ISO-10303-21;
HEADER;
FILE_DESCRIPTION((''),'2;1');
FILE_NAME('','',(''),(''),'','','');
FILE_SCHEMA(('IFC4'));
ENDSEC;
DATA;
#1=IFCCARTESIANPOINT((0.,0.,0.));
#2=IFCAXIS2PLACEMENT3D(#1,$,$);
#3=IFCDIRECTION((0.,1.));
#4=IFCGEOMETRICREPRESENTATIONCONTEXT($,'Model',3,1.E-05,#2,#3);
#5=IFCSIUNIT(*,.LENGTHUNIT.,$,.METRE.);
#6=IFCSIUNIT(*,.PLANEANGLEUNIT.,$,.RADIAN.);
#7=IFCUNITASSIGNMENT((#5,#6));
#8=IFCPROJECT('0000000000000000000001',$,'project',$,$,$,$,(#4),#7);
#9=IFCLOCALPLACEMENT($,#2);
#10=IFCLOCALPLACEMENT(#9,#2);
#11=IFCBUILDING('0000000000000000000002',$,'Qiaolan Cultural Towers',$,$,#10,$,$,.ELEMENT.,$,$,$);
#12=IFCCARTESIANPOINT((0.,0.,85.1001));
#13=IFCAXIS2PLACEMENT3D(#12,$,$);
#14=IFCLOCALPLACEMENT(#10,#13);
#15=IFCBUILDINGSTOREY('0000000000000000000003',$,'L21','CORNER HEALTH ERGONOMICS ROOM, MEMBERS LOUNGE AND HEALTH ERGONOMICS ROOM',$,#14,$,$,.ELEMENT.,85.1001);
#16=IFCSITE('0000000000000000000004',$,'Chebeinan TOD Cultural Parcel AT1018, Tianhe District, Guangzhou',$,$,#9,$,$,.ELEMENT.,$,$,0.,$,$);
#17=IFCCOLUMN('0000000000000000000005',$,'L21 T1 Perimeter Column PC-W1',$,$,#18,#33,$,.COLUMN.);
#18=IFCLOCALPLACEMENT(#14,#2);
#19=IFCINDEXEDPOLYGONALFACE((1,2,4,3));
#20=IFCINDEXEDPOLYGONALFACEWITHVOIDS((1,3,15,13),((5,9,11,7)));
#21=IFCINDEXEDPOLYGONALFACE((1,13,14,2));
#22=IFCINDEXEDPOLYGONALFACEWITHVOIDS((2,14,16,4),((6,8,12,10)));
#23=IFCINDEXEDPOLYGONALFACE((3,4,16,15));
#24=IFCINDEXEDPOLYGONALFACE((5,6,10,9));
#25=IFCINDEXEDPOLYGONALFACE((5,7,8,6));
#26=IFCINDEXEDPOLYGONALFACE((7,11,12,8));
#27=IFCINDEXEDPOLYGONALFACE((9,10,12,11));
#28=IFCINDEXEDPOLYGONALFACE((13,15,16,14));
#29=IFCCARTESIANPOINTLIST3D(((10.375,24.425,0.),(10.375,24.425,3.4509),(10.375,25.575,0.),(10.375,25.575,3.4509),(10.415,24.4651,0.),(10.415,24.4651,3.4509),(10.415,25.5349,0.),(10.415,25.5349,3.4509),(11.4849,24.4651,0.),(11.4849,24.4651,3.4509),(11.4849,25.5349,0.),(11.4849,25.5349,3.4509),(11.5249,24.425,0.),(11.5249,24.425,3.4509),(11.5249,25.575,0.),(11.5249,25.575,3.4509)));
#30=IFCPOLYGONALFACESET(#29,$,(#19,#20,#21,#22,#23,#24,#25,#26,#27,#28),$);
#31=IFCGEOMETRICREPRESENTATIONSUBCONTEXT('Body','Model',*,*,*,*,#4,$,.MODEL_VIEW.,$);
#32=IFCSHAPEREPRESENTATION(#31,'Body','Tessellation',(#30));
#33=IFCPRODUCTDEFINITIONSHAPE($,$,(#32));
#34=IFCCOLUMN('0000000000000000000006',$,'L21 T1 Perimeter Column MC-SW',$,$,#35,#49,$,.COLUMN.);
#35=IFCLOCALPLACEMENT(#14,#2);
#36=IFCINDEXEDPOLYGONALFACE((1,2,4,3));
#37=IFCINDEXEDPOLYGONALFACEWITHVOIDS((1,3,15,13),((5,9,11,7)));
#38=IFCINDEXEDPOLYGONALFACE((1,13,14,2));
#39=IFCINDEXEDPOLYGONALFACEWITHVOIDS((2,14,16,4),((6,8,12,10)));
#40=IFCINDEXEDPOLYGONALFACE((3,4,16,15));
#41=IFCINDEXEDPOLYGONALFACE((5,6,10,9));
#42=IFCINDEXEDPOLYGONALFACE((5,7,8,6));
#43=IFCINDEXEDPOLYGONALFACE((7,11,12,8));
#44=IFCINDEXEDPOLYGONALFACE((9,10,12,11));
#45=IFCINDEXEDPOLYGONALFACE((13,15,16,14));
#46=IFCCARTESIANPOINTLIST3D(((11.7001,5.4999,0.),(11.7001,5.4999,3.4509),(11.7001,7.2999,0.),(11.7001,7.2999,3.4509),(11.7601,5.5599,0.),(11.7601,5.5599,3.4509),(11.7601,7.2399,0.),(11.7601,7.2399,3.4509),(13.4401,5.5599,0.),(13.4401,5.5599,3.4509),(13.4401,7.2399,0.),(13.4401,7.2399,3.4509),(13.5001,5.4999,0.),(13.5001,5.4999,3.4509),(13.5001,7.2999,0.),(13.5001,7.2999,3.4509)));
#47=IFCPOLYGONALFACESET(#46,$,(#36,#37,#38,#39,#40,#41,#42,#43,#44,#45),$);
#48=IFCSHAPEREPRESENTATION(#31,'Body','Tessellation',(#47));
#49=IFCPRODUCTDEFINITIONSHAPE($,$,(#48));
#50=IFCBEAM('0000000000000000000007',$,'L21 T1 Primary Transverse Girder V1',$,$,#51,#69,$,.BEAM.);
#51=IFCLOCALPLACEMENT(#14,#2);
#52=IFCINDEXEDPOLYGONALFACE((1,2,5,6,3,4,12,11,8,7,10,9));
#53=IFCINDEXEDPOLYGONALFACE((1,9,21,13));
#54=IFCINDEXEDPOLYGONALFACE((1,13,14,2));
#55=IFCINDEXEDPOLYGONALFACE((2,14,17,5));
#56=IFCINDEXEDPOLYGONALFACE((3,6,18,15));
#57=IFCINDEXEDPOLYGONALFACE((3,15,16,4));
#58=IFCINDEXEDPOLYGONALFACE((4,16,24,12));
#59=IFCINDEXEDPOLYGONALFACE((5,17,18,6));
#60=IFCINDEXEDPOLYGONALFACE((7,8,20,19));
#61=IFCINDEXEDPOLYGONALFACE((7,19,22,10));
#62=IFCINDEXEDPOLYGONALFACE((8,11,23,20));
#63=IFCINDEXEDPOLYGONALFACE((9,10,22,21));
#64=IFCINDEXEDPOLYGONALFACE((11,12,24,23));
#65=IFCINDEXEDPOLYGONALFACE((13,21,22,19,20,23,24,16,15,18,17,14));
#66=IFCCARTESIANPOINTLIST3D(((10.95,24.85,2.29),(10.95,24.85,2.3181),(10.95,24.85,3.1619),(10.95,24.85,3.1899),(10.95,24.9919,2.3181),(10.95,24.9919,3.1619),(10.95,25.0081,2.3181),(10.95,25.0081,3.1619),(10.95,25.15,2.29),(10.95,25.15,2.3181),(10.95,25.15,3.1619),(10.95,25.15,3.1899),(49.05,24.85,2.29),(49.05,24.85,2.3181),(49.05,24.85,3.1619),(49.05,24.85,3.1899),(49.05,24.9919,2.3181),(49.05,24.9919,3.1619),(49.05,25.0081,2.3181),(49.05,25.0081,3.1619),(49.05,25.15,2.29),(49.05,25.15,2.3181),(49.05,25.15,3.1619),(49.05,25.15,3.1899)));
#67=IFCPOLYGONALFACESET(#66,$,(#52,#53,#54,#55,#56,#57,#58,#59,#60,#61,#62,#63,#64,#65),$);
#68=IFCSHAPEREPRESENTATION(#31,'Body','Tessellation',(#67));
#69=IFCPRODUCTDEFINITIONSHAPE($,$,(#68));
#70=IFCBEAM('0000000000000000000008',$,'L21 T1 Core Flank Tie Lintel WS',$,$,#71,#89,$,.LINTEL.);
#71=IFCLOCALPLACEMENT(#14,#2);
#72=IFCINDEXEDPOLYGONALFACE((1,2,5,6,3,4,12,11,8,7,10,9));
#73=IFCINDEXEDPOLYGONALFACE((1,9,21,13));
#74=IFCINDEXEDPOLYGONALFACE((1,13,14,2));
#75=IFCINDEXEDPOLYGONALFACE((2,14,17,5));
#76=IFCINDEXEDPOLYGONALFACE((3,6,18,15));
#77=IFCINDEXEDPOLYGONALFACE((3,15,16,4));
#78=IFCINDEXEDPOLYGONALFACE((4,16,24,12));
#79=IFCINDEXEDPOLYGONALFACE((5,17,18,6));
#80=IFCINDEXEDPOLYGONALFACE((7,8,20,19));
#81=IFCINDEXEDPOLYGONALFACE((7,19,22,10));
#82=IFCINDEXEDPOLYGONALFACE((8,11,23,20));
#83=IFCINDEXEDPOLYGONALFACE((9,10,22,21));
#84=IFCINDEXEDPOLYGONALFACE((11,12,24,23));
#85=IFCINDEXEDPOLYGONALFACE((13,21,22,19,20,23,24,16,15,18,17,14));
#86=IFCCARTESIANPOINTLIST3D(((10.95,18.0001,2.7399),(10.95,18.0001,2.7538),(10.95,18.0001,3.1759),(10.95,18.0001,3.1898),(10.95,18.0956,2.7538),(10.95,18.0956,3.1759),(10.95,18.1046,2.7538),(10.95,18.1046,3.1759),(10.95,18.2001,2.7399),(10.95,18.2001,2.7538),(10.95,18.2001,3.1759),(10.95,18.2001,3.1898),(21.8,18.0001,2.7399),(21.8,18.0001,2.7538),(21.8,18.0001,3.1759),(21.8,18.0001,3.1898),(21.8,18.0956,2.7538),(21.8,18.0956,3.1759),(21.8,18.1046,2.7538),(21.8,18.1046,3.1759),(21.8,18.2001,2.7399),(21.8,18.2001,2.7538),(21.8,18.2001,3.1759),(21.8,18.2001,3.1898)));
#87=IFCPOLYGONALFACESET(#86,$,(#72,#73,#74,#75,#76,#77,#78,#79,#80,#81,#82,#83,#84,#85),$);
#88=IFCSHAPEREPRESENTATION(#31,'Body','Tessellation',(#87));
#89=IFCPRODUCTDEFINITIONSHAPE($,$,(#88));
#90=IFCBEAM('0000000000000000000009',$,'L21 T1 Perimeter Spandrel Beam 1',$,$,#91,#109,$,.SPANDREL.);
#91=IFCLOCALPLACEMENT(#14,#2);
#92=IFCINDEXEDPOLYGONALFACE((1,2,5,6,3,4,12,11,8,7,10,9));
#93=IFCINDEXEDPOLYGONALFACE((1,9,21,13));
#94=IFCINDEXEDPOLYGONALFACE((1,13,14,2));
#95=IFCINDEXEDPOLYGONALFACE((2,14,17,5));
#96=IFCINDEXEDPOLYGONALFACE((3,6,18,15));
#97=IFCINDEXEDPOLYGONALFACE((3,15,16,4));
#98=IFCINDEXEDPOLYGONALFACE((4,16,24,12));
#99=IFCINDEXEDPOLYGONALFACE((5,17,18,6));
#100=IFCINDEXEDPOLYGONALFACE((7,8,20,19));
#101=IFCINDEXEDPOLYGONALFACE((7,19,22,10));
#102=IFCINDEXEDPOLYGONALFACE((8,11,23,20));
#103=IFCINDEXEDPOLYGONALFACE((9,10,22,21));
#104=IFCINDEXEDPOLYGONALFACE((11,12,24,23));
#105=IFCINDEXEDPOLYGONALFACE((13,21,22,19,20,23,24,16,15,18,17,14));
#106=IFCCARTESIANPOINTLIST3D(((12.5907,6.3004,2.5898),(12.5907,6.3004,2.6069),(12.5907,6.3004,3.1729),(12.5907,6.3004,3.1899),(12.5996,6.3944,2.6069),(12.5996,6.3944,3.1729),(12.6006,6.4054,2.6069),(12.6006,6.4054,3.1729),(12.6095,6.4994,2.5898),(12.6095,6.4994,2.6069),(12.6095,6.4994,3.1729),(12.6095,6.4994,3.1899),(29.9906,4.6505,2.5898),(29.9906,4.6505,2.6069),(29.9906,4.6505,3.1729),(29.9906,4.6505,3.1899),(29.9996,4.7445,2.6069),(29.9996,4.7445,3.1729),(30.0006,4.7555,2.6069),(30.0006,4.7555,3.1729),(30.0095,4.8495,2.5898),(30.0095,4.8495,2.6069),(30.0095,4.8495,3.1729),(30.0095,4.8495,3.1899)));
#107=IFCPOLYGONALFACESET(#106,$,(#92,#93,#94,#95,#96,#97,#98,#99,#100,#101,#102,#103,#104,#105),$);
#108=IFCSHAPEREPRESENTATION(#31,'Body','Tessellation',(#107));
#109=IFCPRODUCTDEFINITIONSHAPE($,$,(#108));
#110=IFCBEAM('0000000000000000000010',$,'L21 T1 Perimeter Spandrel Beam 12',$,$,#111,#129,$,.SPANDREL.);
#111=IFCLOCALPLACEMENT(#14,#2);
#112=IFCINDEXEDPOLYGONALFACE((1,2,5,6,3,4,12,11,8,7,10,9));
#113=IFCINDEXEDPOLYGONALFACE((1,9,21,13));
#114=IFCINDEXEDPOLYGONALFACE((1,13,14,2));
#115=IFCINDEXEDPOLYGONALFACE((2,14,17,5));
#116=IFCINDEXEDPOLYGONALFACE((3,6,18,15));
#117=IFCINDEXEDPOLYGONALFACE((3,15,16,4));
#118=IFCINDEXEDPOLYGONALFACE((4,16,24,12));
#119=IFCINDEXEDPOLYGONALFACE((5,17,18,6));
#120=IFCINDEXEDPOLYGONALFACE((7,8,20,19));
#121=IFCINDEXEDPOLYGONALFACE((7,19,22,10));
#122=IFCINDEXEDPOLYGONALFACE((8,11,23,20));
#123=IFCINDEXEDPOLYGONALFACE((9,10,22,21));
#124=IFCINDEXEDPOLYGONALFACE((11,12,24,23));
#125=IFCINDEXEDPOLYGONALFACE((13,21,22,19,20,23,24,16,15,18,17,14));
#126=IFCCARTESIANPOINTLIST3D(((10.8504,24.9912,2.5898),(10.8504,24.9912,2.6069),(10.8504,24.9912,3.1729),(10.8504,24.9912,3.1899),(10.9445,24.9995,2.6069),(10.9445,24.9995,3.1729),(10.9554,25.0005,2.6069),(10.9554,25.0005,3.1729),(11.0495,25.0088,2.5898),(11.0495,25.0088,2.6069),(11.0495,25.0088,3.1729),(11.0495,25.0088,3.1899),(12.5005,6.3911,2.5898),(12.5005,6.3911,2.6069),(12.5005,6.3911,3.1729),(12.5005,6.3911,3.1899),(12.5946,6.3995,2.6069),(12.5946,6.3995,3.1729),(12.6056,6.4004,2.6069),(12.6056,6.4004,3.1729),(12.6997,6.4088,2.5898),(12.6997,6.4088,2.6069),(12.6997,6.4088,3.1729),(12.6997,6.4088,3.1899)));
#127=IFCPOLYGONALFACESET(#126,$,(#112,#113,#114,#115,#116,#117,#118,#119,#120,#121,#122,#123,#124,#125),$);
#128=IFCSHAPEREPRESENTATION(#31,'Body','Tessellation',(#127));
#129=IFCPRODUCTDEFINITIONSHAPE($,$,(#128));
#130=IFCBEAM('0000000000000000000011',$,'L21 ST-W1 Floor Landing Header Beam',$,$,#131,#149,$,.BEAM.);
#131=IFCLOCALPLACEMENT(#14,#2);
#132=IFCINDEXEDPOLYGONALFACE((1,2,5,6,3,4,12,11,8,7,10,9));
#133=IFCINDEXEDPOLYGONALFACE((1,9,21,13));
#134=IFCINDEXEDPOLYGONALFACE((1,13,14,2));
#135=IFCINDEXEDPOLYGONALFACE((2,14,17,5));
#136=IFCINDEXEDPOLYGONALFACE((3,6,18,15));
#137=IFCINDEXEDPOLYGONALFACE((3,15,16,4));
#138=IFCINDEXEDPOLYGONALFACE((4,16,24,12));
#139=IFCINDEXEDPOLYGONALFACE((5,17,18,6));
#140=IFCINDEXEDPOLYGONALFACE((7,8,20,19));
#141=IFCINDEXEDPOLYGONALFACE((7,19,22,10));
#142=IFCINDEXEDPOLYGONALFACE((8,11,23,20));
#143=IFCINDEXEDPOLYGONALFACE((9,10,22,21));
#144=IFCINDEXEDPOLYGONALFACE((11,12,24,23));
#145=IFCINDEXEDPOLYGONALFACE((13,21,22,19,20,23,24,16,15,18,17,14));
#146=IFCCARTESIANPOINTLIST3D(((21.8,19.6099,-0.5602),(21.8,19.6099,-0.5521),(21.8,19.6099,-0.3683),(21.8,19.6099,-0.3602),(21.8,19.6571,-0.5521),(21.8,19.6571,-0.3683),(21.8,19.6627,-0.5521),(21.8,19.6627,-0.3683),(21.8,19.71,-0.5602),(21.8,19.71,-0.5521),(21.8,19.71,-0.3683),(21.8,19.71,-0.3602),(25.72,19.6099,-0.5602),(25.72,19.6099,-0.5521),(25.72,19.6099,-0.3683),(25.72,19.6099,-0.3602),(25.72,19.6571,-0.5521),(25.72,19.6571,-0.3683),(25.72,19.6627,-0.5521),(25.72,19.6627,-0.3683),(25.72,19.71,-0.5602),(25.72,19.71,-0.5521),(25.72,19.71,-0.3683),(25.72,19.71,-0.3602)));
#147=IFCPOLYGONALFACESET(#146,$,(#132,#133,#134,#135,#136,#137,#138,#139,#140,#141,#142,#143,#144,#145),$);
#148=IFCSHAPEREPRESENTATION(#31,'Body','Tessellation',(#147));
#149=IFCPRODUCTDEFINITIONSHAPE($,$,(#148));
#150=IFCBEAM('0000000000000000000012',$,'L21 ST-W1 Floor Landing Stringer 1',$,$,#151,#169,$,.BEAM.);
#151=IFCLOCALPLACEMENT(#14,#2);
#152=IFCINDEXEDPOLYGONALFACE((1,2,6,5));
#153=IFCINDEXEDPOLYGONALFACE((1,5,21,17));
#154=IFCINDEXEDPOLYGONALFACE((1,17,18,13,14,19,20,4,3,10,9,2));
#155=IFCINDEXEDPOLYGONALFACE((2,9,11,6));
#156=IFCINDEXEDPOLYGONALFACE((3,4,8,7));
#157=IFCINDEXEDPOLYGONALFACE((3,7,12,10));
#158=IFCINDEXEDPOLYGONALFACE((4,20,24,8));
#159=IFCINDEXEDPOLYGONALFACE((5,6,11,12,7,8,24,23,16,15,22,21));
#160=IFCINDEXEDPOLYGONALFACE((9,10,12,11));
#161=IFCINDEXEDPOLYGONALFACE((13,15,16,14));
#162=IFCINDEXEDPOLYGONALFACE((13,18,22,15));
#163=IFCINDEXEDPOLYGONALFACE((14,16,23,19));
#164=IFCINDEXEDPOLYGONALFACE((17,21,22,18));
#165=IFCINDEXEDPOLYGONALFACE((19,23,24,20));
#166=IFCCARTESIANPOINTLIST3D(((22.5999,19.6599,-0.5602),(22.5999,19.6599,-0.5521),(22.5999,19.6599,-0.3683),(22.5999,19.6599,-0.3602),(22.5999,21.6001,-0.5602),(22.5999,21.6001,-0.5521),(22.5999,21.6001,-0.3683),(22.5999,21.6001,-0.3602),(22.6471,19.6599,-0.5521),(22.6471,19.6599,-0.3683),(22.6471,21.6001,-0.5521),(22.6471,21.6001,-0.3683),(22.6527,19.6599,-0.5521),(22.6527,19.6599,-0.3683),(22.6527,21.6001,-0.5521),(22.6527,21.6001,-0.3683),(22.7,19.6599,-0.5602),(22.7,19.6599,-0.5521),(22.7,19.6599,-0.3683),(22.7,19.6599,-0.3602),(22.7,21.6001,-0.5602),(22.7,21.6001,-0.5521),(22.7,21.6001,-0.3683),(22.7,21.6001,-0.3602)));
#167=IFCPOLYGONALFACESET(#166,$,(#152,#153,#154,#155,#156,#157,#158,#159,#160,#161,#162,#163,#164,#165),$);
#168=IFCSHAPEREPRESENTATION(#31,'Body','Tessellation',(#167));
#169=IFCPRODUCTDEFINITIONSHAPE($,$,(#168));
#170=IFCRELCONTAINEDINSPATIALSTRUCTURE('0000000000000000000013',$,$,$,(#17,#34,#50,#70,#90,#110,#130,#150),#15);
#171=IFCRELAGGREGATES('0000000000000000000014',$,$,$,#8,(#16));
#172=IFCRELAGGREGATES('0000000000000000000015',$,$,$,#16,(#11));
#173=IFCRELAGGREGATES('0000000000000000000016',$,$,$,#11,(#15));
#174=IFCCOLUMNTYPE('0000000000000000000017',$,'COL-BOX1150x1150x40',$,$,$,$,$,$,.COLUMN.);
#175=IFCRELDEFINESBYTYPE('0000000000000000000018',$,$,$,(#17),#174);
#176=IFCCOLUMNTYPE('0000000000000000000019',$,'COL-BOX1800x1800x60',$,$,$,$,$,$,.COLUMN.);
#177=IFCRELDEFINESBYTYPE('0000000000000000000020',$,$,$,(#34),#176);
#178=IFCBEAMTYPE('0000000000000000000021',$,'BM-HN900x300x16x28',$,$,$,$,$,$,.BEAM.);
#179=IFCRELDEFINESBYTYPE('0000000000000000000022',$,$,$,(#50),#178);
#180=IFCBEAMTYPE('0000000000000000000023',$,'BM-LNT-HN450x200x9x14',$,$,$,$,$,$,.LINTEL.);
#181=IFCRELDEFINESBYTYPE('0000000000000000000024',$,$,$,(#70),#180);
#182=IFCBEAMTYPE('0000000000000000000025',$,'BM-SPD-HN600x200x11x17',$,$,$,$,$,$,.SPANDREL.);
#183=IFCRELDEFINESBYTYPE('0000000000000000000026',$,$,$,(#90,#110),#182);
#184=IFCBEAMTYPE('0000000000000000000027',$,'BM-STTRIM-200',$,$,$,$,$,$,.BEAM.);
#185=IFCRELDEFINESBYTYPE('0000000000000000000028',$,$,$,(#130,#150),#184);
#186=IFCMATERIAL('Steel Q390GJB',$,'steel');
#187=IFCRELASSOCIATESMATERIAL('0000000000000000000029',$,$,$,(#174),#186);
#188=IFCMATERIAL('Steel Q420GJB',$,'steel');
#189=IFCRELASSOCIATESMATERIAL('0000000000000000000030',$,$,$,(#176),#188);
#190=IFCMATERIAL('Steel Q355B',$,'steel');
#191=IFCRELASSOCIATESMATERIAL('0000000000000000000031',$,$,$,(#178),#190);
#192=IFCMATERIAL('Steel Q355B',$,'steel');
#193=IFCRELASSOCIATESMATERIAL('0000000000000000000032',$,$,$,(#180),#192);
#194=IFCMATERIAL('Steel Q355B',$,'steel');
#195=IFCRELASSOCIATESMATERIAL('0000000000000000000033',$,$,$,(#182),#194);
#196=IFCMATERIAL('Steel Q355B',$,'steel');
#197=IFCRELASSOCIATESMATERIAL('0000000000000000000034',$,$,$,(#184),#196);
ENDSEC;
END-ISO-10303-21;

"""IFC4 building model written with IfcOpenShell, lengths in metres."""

from ifc_helpers import new_model, si_unit, direction, frame, origin, origin_2d, place, context, subcontext, project, spatial, hollow_rectangle, i_section, extrude, material, material_profile, profile_set, type_object, element, save


model = new_model("IFC4")

# Units and contexts
model_context = context("Model", 3, precision=1e-05, world=origin(), true_north=direction((0.0, 1.0)))
body_context = subcontext(model_context, "Body", "Model", "MODEL_VIEW")
ifc_project = project(units=[si_unit("LENGTHUNIT", "METRE"), si_unit("PLANEANGLEUNIT", "RADIAN")], contexts=[model_context])

# Site, building, storey
site_placement = place(None, origin())
site = spatial("IfcSite", under=ifc_project, at=site_placement, Name="Chebeinan TOD Cultural Parcel AT1018, Tianhe District, Guangzhou", CompositionType="ELEMENT", RefElevation=0.0)
building_placement = place(site_placement, origin())
building = spatial("IfcBuilding", under=site, at=building_placement, Name="Qiaolan Cultural Towers", CompositionType="ELEMENT")
storey_placement = place(building_placement, frame((0.0, 0.0, 85.1001)))
storey = spatial("IfcBuildingStorey", under=building, at=storey_placement, Name="L21", Description="CORNER HEALTH ERGONOMICS ROOM, MEMBERS LOUNGE AND HEALTH ERGONOMICS ROOM", CompositionType="ELEMENT", Elevation=85.1001)

# Columns
ifc_material_1 = material(Name="Steel Q390GJB", Category="steel")
ifc_material_profile_1 = material_profile(ifc_material_1, hollow_rectangle(XDim=1.1499, YDim=1.1499, WallThickness=0.04, at=origin_2d()), Name="BOX1150x1150x40")
ifc_profile_set_1 = profile_set([ifc_material_profile_1], Name="Steel Q390GJB")
column_type_1 = type_object("IfcColumnType", Name="COL-BOX1150x1150x40", PredefinedType="COLUMN", material=ifc_profile_set_1)
column_1_placement = place(storey_placement, frame((10.95, 25.0, 0.0), z_axis=(0.0, 0.0, 1.0), x_axis=(1.0, 0.0, 0.0)))
element("IfcColumn", 1, at=column_1_placement, inside=storey, type_object=column_type_1, Name="L21 T1 Perimeter Column PC-W1", PredefinedType="COLUMN", context=body_context, shape_type="SweptSolid", body=[
    extrude(hollow_rectangle(XDim=1.1499, YDim=1.1499, WallThickness=0.04, at=origin_2d()), origin(), (0.0, 0.0, 1.0), 3.4509),
])
ifc_material_2 = material(Name="Steel Q420GJB", Category="steel")
ifc_material_profile_2 = material_profile(ifc_material_2, hollow_rectangle(XDim=1.8, YDim=1.8, WallThickness=0.0601, at=origin_2d()), Name="BOX1800x1800x60")
ifc_profile_set_2 = profile_set([ifc_material_profile_2], Name="Steel Q420GJB")
column_type_2 = type_object("IfcColumnType", Name="COL-BOX1800x1800x60", PredefinedType="COLUMN", material=ifc_profile_set_2)
column_2_placement = place(storey_placement, frame((12.6001, 6.3999, 0.0), z_axis=(0.0, 0.0, 1.0), x_axis=(1.0, 0.0, 0.0)))
element("IfcColumn", 2, at=column_2_placement, inside=storey, type_object=column_type_2, Name="L21 T1 Perimeter Column MC-SW", PredefinedType="COLUMN", context=body_context, shape_type="SweptSolid", body=[
    extrude(hollow_rectangle(XDim=1.8, YDim=1.8, WallThickness=0.0601, at=origin_2d()), origin(), (0.0, 0.0, 1.0), 3.4509),
])

# Beams
ifc_material_3 = material(Name="Steel Q355B", Category="steel")
ifc_material_profile_3 = material_profile(ifc_material_3, i_section(OverallWidth=0.3, OverallDepth=0.8999, WebThickness=0.0161, FlangeThickness=0.0281, at=origin_2d()), Name="HN900x300x16x28")
ifc_profile_set_3 = profile_set([ifc_material_profile_3], Name="Steel Q355B")
beam_type_1 = type_object("IfcBeamType", Name="BM-HN900x300x16x28", PredefinedType="BEAM", material=ifc_profile_set_3)
beam_1_placement = place(storey_placement, frame((10.95, 25.0, 2.74), z_axis=(1.0, 0.0, 0.0), x_axis=(0.0, 1.0, 0.0)))
element("IfcBeam", 3, at=beam_1_placement, inside=storey, type_object=beam_type_1, Name="L21 T1 Primary Transverse Girder V1", PredefinedType="BEAM", context=body_context, shape_type="SweptSolid", body=[
    extrude(i_section(OverallWidth=0.3, OverallDepth=0.8999, WebThickness=0.0161, FlangeThickness=0.0281, at=origin_2d()), origin(), (0.0, 0.0, 1.0), 38.1001),
])
ifc_material_4 = material(Name="Steel Q355B", Category="steel")
ifc_material_profile_4 = material_profile(ifc_material_4, i_section(OverallWidth=0.2, OverallDepth=0.45, WebThickness=0.009, FlangeThickness=0.0139, at=origin_2d()), Name="HN450x200x9x14")
ifc_profile_set_4 = profile_set([ifc_material_profile_4], Name="Steel Q355B")
beam_type_2 = type_object("IfcBeamType", Name="BM-LNT-HN450x200x9x14", PredefinedType="LINTEL", material=ifc_profile_set_4)
beam_2_placement = place(storey_placement, frame((21.8, 18.1001, 2.9648), z_axis=(-1.0, 0.0, 0.0), x_axis=(0.0, -1.0, 0.0)))
element("IfcBeam", 4, at=beam_2_placement, inside=storey, type_object=beam_type_2, Name="L21 T1 Core Flank Tie Lintel WS", PredefinedType="LINTEL", context=body_context, shape_type="SweptSolid", body=[
    extrude(i_section(OverallWidth=0.2, OverallDepth=0.45, WebThickness=0.009, FlangeThickness=0.0139, at=origin_2d()), origin(), (0.0, 0.0, 1.0), 10.8501),
])
ifc_material_5 = material(Name="Steel Q355B", Category="steel")
ifc_material_profile_5 = material_profile(ifc_material_5, i_section(OverallWidth=0.2, OverallDepth=0.6001, WebThickness=0.011, FlangeThickness=0.0171, at=origin_2d()), Name="HN600x200x11x17")
ifc_profile_set_5 = profile_set([ifc_material_profile_5], Name="Steel Q355B")
beam_type_3 = type_object("IfcBeamType", Name="BM-SPD-HN600x200x11x17", PredefinedType="SPANDREL", material=ifc_profile_set_5)
beam_3_placement = place(storey_placement, frame((12.6001, 6.3999, 2.8899), z_axis=(0.995534, -0.094399, 0.0), x_axis=(0.094399, 0.995534, 0.0)))
element("IfcBeam", 5, at=beam_3_placement, inside=storey, type_object=beam_type_3, Name="L21 T1 Perimeter Spandrel Beam 1", PredefinedType="SPANDREL", context=body_context, shape_type="SweptSolid", body=[
    extrude(i_section(OverallWidth=0.2, OverallDepth=0.6001, WebThickness=0.011, FlangeThickness=0.0171, at=origin_2d()), origin(), (0.0, 0.0, 1.0), 17.478),
])
beam_4_placement = place(storey_placement, frame((10.95, 25.0, 2.8899), z_axis=(0.08837, -0.996088, 0.0), x_axis=(0.996088, 0.08837, 0.0)))
element("IfcBeam", 6, at=beam_4_placement, inside=storey, type_object=beam_type_3, Name="L21 T1 Perimeter Spandrel Beam 12", PredefinedType="SPANDREL", context=body_context, shape_type="SweptSolid", body=[
    extrude(i_section(OverallWidth=0.2, OverallDepth=0.6001, WebThickness=0.011, FlangeThickness=0.0171, at=origin_2d()), origin(), (0.0, 0.0, 1.0), 18.6731),
])
ifc_material_6 = material(Name="Steel Q355B", Category="steel")
ifc_material_profile_6 = material_profile(ifc_material_6, i_section(OverallWidth=0.1001, OverallDepth=0.2, WebThickness=0.0056, FlangeThickness=0.0081, at=origin_2d()), Name="HN200x100x5.5x8")
ifc_profile_set_6 = profile_set([ifc_material_profile_6], Name="Steel Q355B")
beam_type_4 = type_object("IfcBeamType", Name="BM-STTRIM-200", PredefinedType="BEAM", material=ifc_profile_set_6)
beam_5_placement = place(storey_placement, frame((21.8, 19.6599, -0.4602), z_axis=(1.0, 0.0, 0.0), x_axis=(0.0, 1.0, 0.0)))
element("IfcBeam", 7, at=beam_5_placement, inside=storey, type_object=beam_type_4, Name="L21 ST-W1 Floor Landing Header Beam", PredefinedType="BEAM", context=body_context, shape_type="SweptSolid", body=[
    extrude(i_section(OverallWidth=0.1001, OverallDepth=0.2, WebThickness=0.0056, FlangeThickness=0.0081, at=origin_2d()), origin(), (0.0, 0.0, 1.0), 3.9199),
])
beam_6_placement = place(storey_placement, frame((22.6499, 21.6001, -0.4602), z_axis=(0.0, -1.0, 0.0), x_axis=(1.0, 0.0, 0.0)))
element("IfcBeam", 8, at=beam_6_placement, inside=storey, type_object=beam_type_4, Name="L21 ST-W1 Floor Landing Stringer 1", PredefinedType="BEAM", context=body_context, shape_type="SweptSolid", body=[
    extrude(i_section(OverallWidth=0.1001, OverallDepth=0.2, WebThickness=0.0056, FlangeThickness=0.0081, at=origin_2d()), origin(), (0.0, 0.0, 1.0), 1.9402),
])

save(model, "model.ifc")
